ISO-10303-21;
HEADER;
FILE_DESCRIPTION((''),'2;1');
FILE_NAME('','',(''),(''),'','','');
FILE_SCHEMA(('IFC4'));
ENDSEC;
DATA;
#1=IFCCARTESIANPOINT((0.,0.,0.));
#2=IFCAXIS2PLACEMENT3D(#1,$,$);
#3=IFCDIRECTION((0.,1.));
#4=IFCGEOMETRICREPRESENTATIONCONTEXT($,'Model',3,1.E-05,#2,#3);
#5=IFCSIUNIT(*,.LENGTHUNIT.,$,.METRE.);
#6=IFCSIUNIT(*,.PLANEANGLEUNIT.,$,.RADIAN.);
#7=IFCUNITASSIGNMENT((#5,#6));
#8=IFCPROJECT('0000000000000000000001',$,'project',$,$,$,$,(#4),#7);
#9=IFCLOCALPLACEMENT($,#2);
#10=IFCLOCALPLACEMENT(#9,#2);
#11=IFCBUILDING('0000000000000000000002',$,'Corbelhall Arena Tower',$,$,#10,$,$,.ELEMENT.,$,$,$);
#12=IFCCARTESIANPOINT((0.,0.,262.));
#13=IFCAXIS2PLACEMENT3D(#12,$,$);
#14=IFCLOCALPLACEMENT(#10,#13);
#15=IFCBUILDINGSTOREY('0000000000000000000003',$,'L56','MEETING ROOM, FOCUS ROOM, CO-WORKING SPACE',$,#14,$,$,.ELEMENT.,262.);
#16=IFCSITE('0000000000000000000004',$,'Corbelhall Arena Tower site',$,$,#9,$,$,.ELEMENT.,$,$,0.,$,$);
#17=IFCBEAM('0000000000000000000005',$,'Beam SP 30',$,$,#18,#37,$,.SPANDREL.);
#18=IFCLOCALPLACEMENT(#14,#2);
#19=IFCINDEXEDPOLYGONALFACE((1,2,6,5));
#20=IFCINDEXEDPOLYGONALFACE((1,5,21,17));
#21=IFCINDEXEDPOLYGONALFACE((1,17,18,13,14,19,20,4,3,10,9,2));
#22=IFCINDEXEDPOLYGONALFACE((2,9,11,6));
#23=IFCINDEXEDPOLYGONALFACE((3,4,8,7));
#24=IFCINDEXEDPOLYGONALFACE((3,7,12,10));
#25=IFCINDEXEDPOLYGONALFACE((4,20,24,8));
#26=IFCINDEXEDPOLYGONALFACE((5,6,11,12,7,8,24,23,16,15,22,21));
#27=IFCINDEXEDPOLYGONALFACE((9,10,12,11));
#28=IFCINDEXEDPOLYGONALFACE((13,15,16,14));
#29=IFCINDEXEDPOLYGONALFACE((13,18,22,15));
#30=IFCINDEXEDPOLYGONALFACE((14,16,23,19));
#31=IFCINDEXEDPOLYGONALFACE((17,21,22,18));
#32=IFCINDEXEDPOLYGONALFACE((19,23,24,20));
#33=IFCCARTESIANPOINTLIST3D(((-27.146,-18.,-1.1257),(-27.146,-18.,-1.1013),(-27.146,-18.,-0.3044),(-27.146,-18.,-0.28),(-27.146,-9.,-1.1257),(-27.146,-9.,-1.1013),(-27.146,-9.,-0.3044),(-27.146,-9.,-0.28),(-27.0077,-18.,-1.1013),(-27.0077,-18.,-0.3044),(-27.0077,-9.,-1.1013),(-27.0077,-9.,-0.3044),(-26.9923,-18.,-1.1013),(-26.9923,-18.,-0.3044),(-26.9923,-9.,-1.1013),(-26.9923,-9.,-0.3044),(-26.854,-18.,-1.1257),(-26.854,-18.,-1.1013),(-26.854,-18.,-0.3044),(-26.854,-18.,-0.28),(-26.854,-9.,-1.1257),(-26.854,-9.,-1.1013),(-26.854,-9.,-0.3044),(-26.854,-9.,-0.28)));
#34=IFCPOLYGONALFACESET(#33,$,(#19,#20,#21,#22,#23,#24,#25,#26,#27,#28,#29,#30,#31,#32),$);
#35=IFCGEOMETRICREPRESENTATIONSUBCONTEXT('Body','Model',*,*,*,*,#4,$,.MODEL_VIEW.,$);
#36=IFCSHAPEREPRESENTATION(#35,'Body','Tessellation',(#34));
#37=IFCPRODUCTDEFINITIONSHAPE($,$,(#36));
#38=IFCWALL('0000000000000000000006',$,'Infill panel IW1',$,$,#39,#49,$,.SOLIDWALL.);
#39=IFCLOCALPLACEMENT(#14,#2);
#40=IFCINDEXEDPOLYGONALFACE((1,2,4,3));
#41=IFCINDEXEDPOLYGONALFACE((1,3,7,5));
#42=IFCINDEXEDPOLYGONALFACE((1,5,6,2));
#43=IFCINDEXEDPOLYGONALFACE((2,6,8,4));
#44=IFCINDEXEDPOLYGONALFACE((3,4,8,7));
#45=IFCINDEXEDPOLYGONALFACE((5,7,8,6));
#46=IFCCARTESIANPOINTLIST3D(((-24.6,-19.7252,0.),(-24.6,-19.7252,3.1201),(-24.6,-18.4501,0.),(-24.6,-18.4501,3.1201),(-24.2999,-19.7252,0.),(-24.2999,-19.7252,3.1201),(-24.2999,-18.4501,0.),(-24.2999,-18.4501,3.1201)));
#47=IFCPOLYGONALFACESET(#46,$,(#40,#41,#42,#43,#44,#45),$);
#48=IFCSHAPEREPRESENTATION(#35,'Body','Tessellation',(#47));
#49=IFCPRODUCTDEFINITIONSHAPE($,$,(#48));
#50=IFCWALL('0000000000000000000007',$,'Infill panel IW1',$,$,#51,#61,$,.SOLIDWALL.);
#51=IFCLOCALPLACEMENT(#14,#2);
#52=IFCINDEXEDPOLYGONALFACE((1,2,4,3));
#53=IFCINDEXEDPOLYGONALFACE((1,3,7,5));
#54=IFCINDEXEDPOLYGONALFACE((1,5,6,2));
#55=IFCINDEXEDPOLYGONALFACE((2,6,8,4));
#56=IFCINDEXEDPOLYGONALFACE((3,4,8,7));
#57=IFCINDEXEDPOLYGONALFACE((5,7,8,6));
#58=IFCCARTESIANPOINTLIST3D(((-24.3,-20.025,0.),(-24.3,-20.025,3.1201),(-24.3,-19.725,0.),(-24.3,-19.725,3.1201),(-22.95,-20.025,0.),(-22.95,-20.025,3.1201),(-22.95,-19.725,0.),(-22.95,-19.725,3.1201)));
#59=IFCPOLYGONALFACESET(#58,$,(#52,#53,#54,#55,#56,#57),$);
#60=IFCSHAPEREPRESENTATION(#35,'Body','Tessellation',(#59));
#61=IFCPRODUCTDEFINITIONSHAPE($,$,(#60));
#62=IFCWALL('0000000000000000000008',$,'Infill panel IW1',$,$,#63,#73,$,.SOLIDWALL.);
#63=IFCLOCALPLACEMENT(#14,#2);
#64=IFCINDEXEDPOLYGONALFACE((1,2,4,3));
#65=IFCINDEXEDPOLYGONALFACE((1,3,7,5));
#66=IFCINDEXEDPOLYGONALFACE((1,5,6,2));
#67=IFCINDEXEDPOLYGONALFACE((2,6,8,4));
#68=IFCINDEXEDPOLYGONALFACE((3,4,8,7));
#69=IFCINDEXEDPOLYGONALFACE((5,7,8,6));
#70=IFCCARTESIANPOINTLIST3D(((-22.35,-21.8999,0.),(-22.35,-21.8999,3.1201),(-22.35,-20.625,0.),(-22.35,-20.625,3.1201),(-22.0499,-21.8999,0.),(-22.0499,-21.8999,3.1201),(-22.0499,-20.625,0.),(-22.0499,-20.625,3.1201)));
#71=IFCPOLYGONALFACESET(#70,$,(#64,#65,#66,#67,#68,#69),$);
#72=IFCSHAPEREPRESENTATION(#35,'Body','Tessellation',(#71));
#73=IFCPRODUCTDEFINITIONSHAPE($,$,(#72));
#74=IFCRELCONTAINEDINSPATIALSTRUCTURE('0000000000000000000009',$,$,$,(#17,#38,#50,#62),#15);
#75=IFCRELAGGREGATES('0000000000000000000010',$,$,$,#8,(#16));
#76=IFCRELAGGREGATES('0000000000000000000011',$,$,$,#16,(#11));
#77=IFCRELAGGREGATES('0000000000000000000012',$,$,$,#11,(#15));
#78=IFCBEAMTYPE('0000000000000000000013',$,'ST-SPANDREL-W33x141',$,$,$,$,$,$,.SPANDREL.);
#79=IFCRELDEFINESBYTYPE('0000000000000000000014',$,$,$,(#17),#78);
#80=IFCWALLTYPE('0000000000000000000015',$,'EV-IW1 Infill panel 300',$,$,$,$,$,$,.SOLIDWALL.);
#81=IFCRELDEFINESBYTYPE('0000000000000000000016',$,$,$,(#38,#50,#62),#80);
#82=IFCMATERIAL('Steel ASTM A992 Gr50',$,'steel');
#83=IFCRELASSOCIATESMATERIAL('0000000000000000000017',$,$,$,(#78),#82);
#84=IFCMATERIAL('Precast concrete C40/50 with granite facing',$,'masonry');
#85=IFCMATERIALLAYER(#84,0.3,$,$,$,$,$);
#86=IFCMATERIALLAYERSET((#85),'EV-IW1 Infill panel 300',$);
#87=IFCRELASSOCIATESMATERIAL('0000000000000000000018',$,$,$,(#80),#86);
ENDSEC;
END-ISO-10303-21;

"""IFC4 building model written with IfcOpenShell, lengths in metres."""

from ifc_helpers import new_model, si_unit, direction, frame, frame_2d, origin, origin_2d, place, context, subcontext, project, spatial, rectangle, i_section, extrude, material, layer, layer_set, material_profile, profile_set, type_object, element, save


model = new_model("IFC4")

# Units and contexts
model_context = context("Model", 3, precision=1e-05, world=origin(), true_north=direction((0.0, 1.0)))
body_context = subcontext(model_context, "Body", "Model", "MODEL_VIEW")
ifc_project = project(units=[si_unit("LENGTHUNIT", "METRE"), si_unit("PLANEANGLEUNIT", "RADIAN")], contexts=[model_context])

# Site, building, storey
site_placement = place(None, origin())
site = spatial("IfcSite", under=ifc_project, at=site_placement, Name="Corbelhall Arena Tower site", CompositionType="ELEMENT", RefElevation=0.0)
building_placement = place(site_placement, origin())
building = spatial("IfcBuilding", under=site, at=building_placement, Name="Corbelhall Arena Tower", CompositionType="ELEMENT")
storey_placement = place(building_placement, frame((0.0, 0.0, 262.0)))
storey = spatial("IfcBuildingStorey", under=building, at=storey_placement, Name="L56", Description="MEETING ROOM, FOCUS ROOM, CO-WORKING SPACE", CompositionType="ELEMENT", Elevation=262.0)

# Beam
ifc_material_1 = material(Name="Steel ASTM A992 Gr50", Category="steel")
ifc_material_profile_1 = material_profile(ifc_material_1, i_section(OverallWidth=0.292, OverallDepth=0.8457, WebThickness=0.0154, FlangeThickness=0.0244, at=origin_2d()))
ifc_profile_set_1 = profile_set([ifc_material_profile_1], Name="Steel ASTM A992 Gr50")
beam_type_1 = type_object("IfcBeamType", Name="ST-SPANDREL-W33x141", PredefinedType="SPANDREL", material=ifc_profile_set_1)
beam_1_placement = place(storey_placement, frame((-27.0, -18.0, -0.7029), z_axis=(0.0, 1.0, 0.0), x_axis=(-1.0, 0.0, 0.0)))
element("IfcBeam", 1, at=beam_1_placement, inside=storey, type_object=beam_type_1, Name="Beam SP 30", PredefinedType="SPANDREL", context=body_context, shape_type="SweptSolid", body=[
    extrude(i_section(OverallWidth=0.292, OverallDepth=0.8457, WebThickness=0.0154, FlangeThickness=0.0244, at=origin_2d()), origin(), (0.0, 0.0, 1.0), 9.0),
])

# Walls
ifc_material_2 = material(Name="Precast concrete C40/50 with granite facing", Category="masonry")
ifc_layer_1 = layer(ifc_material_2, 0.3)
ifc_layer_set_1 = layer_set([ifc_layer_1], Name="EV-IW1 Infill panel 300")
wall_type_1 = type_object("IfcWallType", Name="EV-IW1 Infill panel 300", PredefinedType="SOLIDWALL", material=ifc_layer_set_1)
wall_1_placement = place(storey_placement, frame((-24.45, -18.45, 0.0), z_axis=(0.0, 0.0, 1.0), x_axis=(0.0, -1.0, 0.0)))
element("IfcWall", 2, at=wall_1_placement, inside=storey, type_object=wall_type_1, Name="Infill panel IW1", PredefinedType="SOLIDWALL", context=body_context, shape_type="SweptSolid", body=[
    extrude(rectangle(XDim=1.2751, YDim=0.3, at=frame_2d((0.6377, 0.0))), origin(), (0.0, 0.0, 1.0), 3.1201),
])
wall_2_placement = place(storey_placement, frame((-24.3, -19.875, 0.0), z_axis=(0.0, 0.0, 1.0), x_axis=(1.0, 0.0, 0.0)))
element("IfcWall", 3, at=wall_2_placement, inside=storey, type_object=wall_type_1, Name="Infill panel IW1", PredefinedType="SOLIDWALL", context=body_context, shape_type="SweptSolid", body=[
    extrude(rectangle(XDim=1.3501, YDim=0.3, at=frame_2d((0.675, 0.0))), origin(), (0.0, 0.0, 1.0), 3.1201),
])
wall_3_placement = place(storey_placement, frame((-22.2, -20.625, 0.0), z_axis=(0.0, 0.0, 1.0), x_axis=(0.0, -1.0, 0.0)))
element("IfcWall", 4, at=wall_3_placement, inside=storey, type_object=wall_type_1, Name="Infill panel IW1", PredefinedType="SOLIDWALL", context=body_context, shape_type="SweptSolid", body=[
    extrude(rectangle(XDim=1.2749, YDim=0.3, at=frame_2d((0.6375, 0.0))), origin(), (0.0, 0.0, 1.0), 3.1201),
])

save(model, "model.ifc")
